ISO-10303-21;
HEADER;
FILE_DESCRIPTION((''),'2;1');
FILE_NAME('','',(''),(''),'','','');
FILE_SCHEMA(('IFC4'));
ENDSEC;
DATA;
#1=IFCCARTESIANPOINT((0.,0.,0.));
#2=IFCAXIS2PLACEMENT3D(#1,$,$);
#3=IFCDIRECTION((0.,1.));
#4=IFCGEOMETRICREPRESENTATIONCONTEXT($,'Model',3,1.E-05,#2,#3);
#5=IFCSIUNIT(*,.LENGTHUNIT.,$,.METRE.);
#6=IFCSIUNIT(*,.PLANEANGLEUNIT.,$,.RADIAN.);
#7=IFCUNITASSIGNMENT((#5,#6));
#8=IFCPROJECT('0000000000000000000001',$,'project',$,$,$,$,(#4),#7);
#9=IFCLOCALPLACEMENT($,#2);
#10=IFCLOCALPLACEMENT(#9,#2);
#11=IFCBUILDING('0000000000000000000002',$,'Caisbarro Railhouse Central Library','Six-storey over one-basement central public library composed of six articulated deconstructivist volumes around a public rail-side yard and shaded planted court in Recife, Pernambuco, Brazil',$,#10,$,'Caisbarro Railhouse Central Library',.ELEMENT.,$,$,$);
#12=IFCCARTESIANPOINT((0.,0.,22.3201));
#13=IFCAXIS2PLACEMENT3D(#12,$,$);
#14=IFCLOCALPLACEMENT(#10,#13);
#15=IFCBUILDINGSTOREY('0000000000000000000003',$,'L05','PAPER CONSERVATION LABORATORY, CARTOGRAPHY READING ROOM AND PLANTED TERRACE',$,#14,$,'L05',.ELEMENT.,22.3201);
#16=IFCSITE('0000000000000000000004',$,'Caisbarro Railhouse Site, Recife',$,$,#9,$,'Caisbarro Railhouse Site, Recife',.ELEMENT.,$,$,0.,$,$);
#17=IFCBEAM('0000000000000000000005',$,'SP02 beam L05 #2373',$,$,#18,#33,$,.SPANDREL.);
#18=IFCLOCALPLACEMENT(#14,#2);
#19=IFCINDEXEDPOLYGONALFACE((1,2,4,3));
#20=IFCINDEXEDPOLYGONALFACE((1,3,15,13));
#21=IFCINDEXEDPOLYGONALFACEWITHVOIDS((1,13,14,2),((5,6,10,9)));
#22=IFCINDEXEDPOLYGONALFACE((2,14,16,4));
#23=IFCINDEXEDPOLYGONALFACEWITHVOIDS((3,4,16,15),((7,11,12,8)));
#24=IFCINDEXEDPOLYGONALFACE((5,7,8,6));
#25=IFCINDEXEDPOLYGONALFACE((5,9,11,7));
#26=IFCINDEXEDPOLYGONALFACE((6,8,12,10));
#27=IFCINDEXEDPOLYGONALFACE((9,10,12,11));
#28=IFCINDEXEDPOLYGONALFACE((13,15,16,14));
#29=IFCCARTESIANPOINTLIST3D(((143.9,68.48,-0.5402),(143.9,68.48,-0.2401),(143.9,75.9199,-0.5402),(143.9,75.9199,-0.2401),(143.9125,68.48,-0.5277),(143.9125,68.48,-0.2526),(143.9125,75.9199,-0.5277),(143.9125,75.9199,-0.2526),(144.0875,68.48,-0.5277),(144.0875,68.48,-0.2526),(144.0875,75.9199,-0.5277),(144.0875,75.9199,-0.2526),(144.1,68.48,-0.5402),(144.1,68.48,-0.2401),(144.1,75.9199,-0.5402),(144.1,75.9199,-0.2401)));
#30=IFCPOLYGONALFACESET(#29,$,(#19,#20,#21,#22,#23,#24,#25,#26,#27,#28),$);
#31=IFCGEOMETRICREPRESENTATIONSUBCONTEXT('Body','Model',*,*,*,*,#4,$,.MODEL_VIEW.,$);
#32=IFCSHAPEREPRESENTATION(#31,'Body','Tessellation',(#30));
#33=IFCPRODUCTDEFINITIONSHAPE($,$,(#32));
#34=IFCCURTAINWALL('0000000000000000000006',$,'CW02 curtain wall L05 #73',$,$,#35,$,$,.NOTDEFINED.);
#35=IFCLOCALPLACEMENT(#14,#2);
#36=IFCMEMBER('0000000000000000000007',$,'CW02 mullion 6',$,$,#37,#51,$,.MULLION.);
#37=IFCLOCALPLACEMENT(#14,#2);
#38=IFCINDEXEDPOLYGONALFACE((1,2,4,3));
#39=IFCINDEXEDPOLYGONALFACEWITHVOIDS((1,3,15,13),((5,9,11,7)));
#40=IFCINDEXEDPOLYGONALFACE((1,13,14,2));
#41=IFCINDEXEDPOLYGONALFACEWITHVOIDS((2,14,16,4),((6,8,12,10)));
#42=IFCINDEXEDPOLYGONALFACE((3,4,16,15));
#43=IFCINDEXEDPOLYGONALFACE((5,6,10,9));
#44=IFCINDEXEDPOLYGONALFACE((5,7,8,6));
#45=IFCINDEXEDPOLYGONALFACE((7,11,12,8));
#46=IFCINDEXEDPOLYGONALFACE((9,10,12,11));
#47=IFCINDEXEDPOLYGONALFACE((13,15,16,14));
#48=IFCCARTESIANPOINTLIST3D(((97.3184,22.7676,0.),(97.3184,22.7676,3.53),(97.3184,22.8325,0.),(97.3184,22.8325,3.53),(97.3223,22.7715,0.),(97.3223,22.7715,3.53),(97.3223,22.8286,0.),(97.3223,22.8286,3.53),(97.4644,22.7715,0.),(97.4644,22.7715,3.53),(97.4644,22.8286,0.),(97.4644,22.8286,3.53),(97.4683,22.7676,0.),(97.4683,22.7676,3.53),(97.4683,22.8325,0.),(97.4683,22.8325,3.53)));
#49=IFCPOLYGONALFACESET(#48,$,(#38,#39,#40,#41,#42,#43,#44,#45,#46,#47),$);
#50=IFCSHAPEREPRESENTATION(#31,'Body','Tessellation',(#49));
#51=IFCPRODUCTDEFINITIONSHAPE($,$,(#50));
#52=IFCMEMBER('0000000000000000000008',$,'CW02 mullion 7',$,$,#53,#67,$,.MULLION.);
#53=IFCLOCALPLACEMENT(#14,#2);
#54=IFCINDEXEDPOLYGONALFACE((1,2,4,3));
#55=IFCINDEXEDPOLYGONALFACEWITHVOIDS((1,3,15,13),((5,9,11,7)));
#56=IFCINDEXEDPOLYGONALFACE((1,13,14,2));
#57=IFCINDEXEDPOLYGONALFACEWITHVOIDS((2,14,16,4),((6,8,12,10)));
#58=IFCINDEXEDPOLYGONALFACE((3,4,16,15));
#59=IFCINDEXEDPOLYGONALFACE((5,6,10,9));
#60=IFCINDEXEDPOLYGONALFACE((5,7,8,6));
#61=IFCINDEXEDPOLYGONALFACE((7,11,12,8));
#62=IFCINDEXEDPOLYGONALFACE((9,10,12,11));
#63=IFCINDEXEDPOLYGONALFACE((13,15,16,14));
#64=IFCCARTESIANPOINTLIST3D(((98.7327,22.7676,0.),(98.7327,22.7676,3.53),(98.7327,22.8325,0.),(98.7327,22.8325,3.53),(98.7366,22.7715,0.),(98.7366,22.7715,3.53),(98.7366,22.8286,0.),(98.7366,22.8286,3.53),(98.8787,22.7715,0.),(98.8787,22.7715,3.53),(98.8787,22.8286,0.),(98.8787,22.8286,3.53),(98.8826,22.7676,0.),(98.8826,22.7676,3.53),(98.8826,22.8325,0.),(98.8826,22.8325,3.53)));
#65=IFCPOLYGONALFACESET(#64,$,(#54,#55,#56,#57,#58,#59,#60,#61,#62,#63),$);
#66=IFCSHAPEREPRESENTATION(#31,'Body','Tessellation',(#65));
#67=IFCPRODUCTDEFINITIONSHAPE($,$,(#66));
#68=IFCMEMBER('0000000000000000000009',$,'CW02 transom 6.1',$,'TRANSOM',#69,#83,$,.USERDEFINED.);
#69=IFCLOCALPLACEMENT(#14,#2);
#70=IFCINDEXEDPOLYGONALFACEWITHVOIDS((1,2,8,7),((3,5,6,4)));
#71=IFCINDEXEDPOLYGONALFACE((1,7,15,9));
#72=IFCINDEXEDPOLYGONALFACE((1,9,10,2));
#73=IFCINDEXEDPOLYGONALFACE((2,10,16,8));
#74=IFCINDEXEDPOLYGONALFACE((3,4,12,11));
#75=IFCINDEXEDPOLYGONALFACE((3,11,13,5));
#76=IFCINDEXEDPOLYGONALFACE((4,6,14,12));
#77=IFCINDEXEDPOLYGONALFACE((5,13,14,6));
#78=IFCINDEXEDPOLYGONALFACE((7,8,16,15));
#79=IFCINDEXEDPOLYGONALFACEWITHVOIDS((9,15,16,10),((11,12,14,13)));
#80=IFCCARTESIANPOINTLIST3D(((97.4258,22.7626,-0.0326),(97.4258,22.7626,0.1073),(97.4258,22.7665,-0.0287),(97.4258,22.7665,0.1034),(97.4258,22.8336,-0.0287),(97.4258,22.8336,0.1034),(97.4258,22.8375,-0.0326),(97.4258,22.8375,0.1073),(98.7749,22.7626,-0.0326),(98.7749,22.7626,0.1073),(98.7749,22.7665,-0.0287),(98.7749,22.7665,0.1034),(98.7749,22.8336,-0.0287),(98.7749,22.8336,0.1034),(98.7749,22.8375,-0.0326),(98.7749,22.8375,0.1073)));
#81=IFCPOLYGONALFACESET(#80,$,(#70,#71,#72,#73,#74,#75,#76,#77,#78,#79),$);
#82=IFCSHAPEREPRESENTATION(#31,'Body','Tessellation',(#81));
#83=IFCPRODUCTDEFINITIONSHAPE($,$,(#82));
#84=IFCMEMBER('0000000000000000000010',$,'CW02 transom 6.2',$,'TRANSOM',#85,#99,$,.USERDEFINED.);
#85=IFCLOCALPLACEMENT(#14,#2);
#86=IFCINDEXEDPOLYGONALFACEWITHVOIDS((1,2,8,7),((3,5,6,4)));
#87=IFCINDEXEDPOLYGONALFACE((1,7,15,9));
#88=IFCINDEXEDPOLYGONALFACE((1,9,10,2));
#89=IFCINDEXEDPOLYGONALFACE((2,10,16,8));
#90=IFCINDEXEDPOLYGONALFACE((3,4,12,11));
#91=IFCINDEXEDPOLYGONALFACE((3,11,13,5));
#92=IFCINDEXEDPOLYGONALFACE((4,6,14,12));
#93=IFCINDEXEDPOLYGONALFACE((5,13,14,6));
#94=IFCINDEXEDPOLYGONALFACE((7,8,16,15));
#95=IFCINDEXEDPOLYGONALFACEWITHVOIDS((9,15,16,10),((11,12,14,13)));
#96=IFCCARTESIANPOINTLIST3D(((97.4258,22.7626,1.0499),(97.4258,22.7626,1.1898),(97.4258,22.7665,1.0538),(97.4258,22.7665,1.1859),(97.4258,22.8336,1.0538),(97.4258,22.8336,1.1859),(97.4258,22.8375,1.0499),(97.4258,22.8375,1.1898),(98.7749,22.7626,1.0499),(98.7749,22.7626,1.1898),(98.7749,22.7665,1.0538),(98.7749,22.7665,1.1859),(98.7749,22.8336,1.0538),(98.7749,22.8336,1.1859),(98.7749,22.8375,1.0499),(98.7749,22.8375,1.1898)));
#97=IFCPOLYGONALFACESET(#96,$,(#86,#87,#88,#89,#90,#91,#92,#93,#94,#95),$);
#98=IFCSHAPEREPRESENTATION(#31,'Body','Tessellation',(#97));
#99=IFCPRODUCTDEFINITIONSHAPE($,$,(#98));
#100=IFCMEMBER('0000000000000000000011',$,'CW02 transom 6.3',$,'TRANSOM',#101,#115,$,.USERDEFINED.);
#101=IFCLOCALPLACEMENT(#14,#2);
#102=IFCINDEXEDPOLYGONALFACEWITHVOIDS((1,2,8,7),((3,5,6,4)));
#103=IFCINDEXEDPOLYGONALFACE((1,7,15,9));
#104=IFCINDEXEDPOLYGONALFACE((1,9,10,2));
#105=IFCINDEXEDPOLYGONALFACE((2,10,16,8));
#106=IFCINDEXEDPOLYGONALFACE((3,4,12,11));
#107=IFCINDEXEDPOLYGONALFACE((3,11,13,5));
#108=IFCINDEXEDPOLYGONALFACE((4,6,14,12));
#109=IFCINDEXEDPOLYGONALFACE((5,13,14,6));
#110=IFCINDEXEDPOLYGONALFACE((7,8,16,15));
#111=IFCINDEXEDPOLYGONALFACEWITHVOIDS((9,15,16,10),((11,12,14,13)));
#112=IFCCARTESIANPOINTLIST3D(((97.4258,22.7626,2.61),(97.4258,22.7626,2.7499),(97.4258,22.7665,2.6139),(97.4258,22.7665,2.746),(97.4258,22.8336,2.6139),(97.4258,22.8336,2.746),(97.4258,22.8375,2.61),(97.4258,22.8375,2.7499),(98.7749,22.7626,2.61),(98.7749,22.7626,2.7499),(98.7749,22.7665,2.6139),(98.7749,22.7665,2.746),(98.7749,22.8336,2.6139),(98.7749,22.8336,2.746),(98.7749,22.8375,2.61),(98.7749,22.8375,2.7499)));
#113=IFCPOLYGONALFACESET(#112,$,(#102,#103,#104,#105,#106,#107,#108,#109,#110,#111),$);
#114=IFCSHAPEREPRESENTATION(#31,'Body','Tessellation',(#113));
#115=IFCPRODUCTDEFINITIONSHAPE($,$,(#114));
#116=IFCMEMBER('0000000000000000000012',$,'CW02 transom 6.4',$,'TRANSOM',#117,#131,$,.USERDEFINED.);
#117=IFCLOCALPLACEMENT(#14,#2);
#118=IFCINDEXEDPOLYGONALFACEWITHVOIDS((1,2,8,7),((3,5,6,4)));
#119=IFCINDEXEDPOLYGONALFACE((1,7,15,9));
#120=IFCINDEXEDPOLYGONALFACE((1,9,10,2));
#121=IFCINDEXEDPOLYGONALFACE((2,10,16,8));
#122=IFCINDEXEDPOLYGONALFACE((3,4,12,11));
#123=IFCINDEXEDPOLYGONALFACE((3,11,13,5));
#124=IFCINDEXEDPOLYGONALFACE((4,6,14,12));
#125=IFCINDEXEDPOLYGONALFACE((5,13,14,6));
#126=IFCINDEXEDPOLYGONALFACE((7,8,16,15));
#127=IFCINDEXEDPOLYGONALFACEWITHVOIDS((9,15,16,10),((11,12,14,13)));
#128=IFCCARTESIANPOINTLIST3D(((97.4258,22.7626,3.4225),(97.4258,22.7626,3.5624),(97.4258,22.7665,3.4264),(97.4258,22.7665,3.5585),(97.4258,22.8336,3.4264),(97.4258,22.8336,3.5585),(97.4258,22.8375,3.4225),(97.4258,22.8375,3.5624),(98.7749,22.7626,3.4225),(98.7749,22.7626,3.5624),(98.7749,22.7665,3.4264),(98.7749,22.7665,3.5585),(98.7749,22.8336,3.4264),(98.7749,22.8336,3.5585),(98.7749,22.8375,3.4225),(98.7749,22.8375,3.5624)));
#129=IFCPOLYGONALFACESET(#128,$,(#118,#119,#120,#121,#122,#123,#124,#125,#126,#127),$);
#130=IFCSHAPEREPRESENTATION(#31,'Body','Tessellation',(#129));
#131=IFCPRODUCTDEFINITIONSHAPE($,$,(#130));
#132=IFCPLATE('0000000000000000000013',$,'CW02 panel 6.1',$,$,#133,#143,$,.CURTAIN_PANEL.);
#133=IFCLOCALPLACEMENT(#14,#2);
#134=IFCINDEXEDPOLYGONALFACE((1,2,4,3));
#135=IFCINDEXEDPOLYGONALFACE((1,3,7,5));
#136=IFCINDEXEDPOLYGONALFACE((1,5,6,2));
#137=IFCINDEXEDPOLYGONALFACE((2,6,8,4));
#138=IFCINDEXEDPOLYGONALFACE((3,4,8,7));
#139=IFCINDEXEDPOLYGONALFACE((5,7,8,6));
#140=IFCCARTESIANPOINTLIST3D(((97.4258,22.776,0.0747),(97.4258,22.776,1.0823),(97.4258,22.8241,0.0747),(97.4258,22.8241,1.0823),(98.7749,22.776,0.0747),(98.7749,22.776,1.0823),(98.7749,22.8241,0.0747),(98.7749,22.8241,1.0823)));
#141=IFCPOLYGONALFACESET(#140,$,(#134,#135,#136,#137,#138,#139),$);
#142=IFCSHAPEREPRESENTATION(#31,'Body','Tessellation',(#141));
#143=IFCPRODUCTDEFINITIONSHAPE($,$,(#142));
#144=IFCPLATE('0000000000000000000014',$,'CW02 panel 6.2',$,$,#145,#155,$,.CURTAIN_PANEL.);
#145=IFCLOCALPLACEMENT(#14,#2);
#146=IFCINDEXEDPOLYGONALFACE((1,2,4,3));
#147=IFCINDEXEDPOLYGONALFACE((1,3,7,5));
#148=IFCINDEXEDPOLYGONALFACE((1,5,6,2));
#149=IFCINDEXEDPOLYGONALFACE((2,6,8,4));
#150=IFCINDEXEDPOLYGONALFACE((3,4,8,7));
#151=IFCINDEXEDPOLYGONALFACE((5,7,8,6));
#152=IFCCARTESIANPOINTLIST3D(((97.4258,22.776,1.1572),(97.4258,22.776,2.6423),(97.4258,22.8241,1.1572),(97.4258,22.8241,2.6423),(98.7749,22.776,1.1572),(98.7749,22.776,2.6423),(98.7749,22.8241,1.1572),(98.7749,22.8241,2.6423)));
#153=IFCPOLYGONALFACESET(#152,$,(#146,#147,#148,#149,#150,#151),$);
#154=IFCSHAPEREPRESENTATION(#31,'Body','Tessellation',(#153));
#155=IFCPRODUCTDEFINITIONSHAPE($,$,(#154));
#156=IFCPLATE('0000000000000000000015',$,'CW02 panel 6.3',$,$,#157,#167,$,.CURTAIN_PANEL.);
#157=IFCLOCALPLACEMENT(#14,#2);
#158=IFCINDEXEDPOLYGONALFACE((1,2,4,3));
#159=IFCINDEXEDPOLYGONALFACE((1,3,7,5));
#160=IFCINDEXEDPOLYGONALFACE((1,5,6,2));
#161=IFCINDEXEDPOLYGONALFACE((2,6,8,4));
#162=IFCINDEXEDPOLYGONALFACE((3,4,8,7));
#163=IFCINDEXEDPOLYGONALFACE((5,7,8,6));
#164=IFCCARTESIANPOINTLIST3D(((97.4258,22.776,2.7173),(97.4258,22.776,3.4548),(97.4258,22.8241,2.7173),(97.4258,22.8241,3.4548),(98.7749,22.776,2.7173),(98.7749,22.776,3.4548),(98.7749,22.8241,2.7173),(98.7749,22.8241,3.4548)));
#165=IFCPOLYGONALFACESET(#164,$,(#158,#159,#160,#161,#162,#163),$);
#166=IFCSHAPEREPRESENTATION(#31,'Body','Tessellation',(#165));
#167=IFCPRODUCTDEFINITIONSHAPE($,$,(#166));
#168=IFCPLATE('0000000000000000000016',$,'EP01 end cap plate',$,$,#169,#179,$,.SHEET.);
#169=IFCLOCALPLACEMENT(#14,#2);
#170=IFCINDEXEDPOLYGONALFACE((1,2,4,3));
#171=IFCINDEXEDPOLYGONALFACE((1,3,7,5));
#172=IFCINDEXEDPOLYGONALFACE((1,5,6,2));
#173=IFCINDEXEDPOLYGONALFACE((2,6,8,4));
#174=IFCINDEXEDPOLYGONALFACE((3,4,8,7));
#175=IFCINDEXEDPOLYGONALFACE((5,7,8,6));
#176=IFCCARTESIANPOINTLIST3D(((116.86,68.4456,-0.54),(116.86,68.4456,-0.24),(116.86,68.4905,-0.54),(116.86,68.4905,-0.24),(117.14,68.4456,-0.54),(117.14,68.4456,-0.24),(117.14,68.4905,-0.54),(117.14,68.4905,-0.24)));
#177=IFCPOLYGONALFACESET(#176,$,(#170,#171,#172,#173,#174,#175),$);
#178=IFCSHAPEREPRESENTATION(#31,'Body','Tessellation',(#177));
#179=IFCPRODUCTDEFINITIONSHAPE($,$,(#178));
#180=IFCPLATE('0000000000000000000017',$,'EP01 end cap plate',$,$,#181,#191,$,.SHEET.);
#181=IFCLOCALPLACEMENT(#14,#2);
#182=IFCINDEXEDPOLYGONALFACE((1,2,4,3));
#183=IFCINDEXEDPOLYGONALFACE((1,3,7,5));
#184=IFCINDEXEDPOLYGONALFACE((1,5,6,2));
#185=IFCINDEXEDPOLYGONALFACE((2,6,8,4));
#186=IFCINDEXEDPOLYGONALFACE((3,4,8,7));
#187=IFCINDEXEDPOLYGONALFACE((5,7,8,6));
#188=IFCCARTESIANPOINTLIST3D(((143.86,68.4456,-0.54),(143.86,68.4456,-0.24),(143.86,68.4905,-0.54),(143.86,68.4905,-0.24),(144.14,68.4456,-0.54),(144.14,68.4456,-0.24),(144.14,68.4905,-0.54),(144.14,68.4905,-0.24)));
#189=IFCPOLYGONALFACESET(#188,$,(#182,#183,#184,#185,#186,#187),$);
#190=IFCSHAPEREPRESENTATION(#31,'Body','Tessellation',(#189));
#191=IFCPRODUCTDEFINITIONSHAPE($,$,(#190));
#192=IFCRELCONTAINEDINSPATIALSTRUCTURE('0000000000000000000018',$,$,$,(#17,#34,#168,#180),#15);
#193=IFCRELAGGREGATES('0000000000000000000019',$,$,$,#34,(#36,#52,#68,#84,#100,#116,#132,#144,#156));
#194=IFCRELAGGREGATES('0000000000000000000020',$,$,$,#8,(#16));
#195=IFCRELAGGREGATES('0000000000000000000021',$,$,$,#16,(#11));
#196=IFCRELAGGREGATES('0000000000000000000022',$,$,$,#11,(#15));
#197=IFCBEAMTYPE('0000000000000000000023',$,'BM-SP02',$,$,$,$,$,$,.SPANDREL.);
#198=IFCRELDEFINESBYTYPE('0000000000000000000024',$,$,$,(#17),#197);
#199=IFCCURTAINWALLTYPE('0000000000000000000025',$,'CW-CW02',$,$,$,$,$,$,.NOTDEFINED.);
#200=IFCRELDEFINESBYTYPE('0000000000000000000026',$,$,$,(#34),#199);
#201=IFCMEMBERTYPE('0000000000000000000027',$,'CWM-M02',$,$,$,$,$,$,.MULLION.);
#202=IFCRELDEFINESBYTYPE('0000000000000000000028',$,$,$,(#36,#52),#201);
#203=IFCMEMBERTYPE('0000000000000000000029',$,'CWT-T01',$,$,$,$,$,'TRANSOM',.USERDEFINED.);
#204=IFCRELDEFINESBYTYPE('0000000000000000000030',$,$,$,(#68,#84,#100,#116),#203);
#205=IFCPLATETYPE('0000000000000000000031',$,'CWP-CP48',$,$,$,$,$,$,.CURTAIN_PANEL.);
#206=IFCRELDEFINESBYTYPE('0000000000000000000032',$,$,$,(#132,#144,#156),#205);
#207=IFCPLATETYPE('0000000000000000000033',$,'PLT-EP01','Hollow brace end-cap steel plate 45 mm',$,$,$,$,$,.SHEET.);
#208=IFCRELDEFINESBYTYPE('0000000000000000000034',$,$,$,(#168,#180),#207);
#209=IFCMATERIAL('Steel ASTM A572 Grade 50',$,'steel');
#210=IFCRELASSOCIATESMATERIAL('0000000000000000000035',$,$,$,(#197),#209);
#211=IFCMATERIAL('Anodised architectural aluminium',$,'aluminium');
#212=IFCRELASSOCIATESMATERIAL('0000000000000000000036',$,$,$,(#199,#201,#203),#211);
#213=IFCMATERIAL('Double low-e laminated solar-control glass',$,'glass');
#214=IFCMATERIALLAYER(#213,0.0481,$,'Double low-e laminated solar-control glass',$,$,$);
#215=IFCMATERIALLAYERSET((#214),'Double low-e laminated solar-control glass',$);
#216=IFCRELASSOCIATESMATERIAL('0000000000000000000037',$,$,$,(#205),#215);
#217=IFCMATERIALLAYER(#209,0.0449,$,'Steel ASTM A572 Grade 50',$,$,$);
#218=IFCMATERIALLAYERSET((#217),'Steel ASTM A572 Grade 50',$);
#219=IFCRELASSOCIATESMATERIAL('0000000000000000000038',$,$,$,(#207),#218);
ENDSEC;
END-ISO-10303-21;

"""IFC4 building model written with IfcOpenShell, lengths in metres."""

from ifc_helpers import new_model, si_unit, direction, frame, origin, origin_2d, place, context, subcontext, project, spatial, rectangle, hollow_rectangle, extrude, material, layer, layer_set, material_profile, profile_set, type_object, element, aggregate, save


model = new_model("IFC4")

# Units and contexts
model_context = context("Model", 3, precision=1e-05, world=origin(), true_north=direction((0.0, 1.0)))
body_context = subcontext(model_context, "Body", "Model", "MODEL_VIEW")
ifc_project = project(units=[si_unit("LENGTHUNIT", "METRE"), si_unit("PLANEANGLEUNIT", "RADIAN")], contexts=[model_context])

# Site, building, storey
site_placement = place(None, origin())
site = spatial("IfcSite", under=ifc_project, at=site_placement, Name="Caisbarro Railhouse Site, Recife", LongName="Caisbarro Railhouse Site, Recife", CompositionType="ELEMENT", RefElevation=0.0)
building_placement = place(site_placement, origin())
building = spatial("IfcBuilding", under=site, at=building_placement, Name="Caisbarro Railhouse Central Library", Description="Six-storey over one-basement central public library composed of six articulated deconstructivist volumes around a public rail-side yard and shaded planted court in Recife, Pernambuco, Brazil", LongName="Caisbarro Railhouse Central Library", CompositionType="ELEMENT")
storey_placement = place(building_placement, frame((0.0, 0.0, 22.3201)))
storey = spatial("IfcBuildingStorey", under=building, at=storey_placement, Name="L05", Description="PAPER CONSERVATION LABORATORY, CARTOGRAPHY READING ROOM AND PLANTED TERRACE", LongName="L05", CompositionType="ELEMENT", Elevation=22.3201)

# Shared definitions
ifc_material_1 = material(Name="Steel ASTM A572 Grade 50", Category="steel")

# Beam
ifc_material_profile_1 = material_profile(ifc_material_1, hollow_rectangle(XDim=0.2, YDim=0.3, WallThickness=0.0125, at=origin_2d()), Name="HSS300X200X12.5")
ifc_profile_set_1 = profile_set([ifc_material_profile_1], Name="Steel ASTM A572 Grade 50")
beam_type_1 = type_object("IfcBeamType", Name="BM-SP02", PredefinedType="SPANDREL", material=ifc_profile_set_1)
for number, where, z_axis, x_axis, name in (
    (1, (144.0, 68.48, -0.3901), (0.0, 1.0, 0.0), (-1.0, 0.0, 0.0), "SP02 beam L05 #2373"),
):
    element("IfcBeam", number, at=place(storey_placement, frame(where, z_axis=z_axis, x_axis=x_axis)), inside=storey, type_object=beam_type_1, Name=name, PredefinedType="SPANDREL", context=body_context, shape_type="SweptSolid", body=[
        extrude(hollow_rectangle(XDim=0.2, YDim=0.3, WallThickness=0.0125, at=origin_2d()), origin(), (0.0, 0.0, 1.0), 7.4399),
    ])

# Curtain wall, members, plates
ifc_material_2 = material(Name="Anodised architectural aluminium", Category="aluminium")
curtain_wall_type = type_object("IfcCurtainWallType", Name="CW-CW02", PredefinedType="NOTDEFINED", material=ifc_material_2)
curtain_wall_placement = place(storey_placement, origin())
curtain_wall = element("IfcCurtainWall", 2, at=curtain_wall_placement, inside=storey, type_object=curtain_wall_type, Name="CW02 curtain wall L05 #73", PredefinedType="NOTDEFINED")
ifc_material_profile_2 = material_profile(ifc_material_2, hollow_rectangle(XDim=0.0649, YDim=0.1499, WallThickness=0.0039, at=origin_2d()), Name="ALU-MUL-65X150")
ifc_profile_set_2 = profile_set([ifc_material_profile_2], Name="Anodised architectural aluminium")
member_type_1 = type_object("IfcMemberType", Name="CWM-M02", PredefinedType="MULLION", material=ifc_profile_set_2)
member_1_placement = place(storey_placement, frame((97.3933, 22.8, 0.0), z_axis=(0.0, 0.0, 1.0), x_axis=(0.0, 1.0, 0.0)))
member_1 = element("IfcMember", 3, at=member_1_placement, type_object=member_type_1, Name="CW02 mullion 6", PredefinedType="MULLION", context=body_context, shape_type="SweptSolid", body=[
    extrude(hollow_rectangle(XDim=0.0649, YDim=0.1499, WallThickness=0.0039, at=origin_2d()), origin(), (0.0, 0.0, 1.0), 3.53),
])
member_2_placement = place(storey_placement, frame((98.8076, 22.8, 0.0), z_axis=(0.0, 0.0, 1.0), x_axis=(0.0, 1.0, 0.0)))
member_2 = element("IfcMember", 4, at=member_2_placement, type_object=member_type_1, Name="CW02 mullion 7", PredefinedType="MULLION", context=body_context, shape_type="SweptSolid", body=[
    extrude(hollow_rectangle(XDim=0.0649, YDim=0.1499, WallThickness=0.0039, at=origin_2d()), origin(), (0.0, 0.0, 1.0), 3.53),
])
ifc_material_profile_3 = material_profile(ifc_material_2, hollow_rectangle(XDim=0.075, YDim=0.1399, WallThickness=0.0039, at=origin_2d()), Name="ALU-TRN-75X140")
ifc_profile_set_3 = profile_set([ifc_material_profile_3], Name="Anodised architectural aluminium")
member_type_2 = type_object("IfcMemberType", Name="CWT-T01", ElementType="TRANSOM", PredefinedType="USERDEFINED", material=ifc_profile_set_3)
member_3_placement = place(storey_placement, frame((97.4258, 22.8, 0.0374), z_axis=(1.0, 0.0, 0.0), x_axis=(0.0, 1.0, 0.0)))
member_3 = element("IfcMember", 5, at=member_3_placement, type_object=member_type_2, Name="CW02 transom 6.1", ObjectType="TRANSOM", PredefinedType="USERDEFINED", context=body_context, shape_type="SweptSolid", body=[
    extrude(hollow_rectangle(XDim=0.075, YDim=0.1399, WallThickness=0.0039, at=origin_2d()), origin(), (0.0, 0.0, 1.0), 1.3491),
])
member_4_placement = place(storey_placement, frame((97.4258, 22.8, 1.1199), z_axis=(1.0, 0.0, 0.0), x_axis=(0.0, 1.0, 0.0)))
member_4 = element("IfcMember", 6, at=member_4_placement, type_object=member_type_2, Name="CW02 transom 6.2", ObjectType="TRANSOM", PredefinedType="USERDEFINED", context=body_context, shape_type="SweptSolid", body=[
    extrude(hollow_rectangle(XDim=0.075, YDim=0.1399, WallThickness=0.0039, at=origin_2d()), origin(), (0.0, 0.0, 1.0), 1.3491),
])
member_5_placement = place(storey_placement, frame((97.4258, 22.8, 2.6799), z_axis=(1.0, 0.0, 0.0), x_axis=(0.0, 1.0, 0.0)))
member_5 = element("IfcMember", 7, at=member_5_placement, type_object=member_type_2, Name="CW02 transom 6.3", ObjectType="TRANSOM", PredefinedType="USERDEFINED", context=body_context, shape_type="SweptSolid", body=[
    extrude(hollow_rectangle(XDim=0.075, YDim=0.1399, WallThickness=0.0039, at=origin_2d()), origin(), (0.0, 0.0, 1.0), 1.3491),
])
member_6_placement = place(storey_placement, frame((97.4258, 22.8, 3.4924), z_axis=(1.0, 0.0, 0.0), x_axis=(0.0, 1.0, 0.0)))
member_6 = element("IfcMember", 8, at=member_6_placement, type_object=member_type_2, Name="CW02 transom 6.4", ObjectType="TRANSOM", PredefinedType="USERDEFINED", context=body_context, shape_type="SweptSolid", body=[
    extrude(hollow_rectangle(XDim=0.075, YDim=0.1399, WallThickness=0.0039, at=origin_2d()), origin(), (0.0, 0.0, 1.0), 1.3491),
])
ifc_material_3 = material(Name="Double low-e laminated solar-control glass", Category="glass")
ifc_layer_1 = layer(ifc_material_3, 0.0481, Name="Double low-e laminated solar-control glass")
ifc_layer_set_1 = layer_set([ifc_layer_1], Name="Double low-e laminated solar-control glass")
plate_type_1 = type_object("IfcPlateType", Name="CWP-CP48", PredefinedType="CURTAIN_PANEL", material=ifc_layer_set_1)
plate_1_placement = place(storey_placement, frame((98.1003, 22.8, 0.0747), z_axis=(0.0, 0.0, 1.0), x_axis=(1.0, 0.0, 0.0)))
plate_1 = element("IfcPlate", 9, at=plate_1_placement, type_object=plate_type_1, Name="CW02 panel 6.1", PredefinedType="CURTAIN_PANEL", context=body_context, shape_type="SweptSolid", body=[
    extrude(rectangle(XDim=1.3491, YDim=0.0481, at=origin_2d()), origin(), (0.0, 0.0, 1.0), 1.0076),
])
plate_2_placement = place(storey_placement, frame((98.1003, 22.8, 1.1572), z_axis=(0.0, 0.0, 1.0), x_axis=(1.0, 0.0, 0.0)))
plate_2 = element("IfcPlate", 10, at=plate_2_placement, type_object=plate_type_1, Name="CW02 panel 6.2", PredefinedType="CURTAIN_PANEL", context=body_context, shape_type="SweptSolid", body=[
    extrude(rectangle(XDim=1.3491, YDim=0.0481, at=origin_2d()), origin(), (0.0, 0.0, 1.0), 1.4851),
])
plate_3_placement = place(storey_placement, frame((98.1003, 22.8, 2.7173), z_axis=(0.0, 0.0, 1.0), x_axis=(1.0, 0.0, 0.0)))
plate_3 = element("IfcPlate", 11, at=plate_3_placement, type_object=plate_type_1, Name="CW02 panel 6.3", PredefinedType="CURTAIN_PANEL", context=body_context, shape_type="SweptSolid", body=[
    extrude(rectangle(XDim=1.3491, YDim=0.0481, at=origin_2d()), origin(), (0.0, 0.0, 1.0), 0.7375),
])
aggregate(curtain_wall, [member_1, member_2, member_3, member_4, member_5, member_6, plate_1, plate_2, plate_3])

# Plates
ifc_layer_2 = layer(ifc_material_1, 0.0449, Name="Steel ASTM A572 Grade 50")
ifc_layer_set_2 = layer_set([ifc_layer_2], Name="Steel ASTM A572 Grade 50")
plate_type_2 = type_object("IfcPlateType", Name="PLT-EP01", Description="Hollow brace end-cap steel plate 45 mm", PredefinedType="SHEET", material=ifc_layer_set_2)
for number, where, z_axis, x_axis, name in (
    (12, (117.0, 68.468, -0.54), (0.0, 0.0, 1.0), (0.0, 1.0, 0.0), "EP01 end cap plate"),
    (13, (144.0, 68.468, -0.54), (0.0, 0.0, 1.0), (0.0, 1.0, 0.0), "EP01 end cap plate"),
):
    element("IfcPlate", number, at=place(storey_placement, frame(where, z_axis=z_axis, x_axis=x_axis)), inside=storey, type_object=plate_type_2, Name=name, PredefinedType="SHEET", context=body_context, shape_type="SweptSolid", body=[
        extrude(rectangle(XDim=0.0449, YDim=0.28, at=origin_2d()), origin(), (0.0, 0.0, 1.0), 0.3),
    ])

save(model, "model.ifc")
